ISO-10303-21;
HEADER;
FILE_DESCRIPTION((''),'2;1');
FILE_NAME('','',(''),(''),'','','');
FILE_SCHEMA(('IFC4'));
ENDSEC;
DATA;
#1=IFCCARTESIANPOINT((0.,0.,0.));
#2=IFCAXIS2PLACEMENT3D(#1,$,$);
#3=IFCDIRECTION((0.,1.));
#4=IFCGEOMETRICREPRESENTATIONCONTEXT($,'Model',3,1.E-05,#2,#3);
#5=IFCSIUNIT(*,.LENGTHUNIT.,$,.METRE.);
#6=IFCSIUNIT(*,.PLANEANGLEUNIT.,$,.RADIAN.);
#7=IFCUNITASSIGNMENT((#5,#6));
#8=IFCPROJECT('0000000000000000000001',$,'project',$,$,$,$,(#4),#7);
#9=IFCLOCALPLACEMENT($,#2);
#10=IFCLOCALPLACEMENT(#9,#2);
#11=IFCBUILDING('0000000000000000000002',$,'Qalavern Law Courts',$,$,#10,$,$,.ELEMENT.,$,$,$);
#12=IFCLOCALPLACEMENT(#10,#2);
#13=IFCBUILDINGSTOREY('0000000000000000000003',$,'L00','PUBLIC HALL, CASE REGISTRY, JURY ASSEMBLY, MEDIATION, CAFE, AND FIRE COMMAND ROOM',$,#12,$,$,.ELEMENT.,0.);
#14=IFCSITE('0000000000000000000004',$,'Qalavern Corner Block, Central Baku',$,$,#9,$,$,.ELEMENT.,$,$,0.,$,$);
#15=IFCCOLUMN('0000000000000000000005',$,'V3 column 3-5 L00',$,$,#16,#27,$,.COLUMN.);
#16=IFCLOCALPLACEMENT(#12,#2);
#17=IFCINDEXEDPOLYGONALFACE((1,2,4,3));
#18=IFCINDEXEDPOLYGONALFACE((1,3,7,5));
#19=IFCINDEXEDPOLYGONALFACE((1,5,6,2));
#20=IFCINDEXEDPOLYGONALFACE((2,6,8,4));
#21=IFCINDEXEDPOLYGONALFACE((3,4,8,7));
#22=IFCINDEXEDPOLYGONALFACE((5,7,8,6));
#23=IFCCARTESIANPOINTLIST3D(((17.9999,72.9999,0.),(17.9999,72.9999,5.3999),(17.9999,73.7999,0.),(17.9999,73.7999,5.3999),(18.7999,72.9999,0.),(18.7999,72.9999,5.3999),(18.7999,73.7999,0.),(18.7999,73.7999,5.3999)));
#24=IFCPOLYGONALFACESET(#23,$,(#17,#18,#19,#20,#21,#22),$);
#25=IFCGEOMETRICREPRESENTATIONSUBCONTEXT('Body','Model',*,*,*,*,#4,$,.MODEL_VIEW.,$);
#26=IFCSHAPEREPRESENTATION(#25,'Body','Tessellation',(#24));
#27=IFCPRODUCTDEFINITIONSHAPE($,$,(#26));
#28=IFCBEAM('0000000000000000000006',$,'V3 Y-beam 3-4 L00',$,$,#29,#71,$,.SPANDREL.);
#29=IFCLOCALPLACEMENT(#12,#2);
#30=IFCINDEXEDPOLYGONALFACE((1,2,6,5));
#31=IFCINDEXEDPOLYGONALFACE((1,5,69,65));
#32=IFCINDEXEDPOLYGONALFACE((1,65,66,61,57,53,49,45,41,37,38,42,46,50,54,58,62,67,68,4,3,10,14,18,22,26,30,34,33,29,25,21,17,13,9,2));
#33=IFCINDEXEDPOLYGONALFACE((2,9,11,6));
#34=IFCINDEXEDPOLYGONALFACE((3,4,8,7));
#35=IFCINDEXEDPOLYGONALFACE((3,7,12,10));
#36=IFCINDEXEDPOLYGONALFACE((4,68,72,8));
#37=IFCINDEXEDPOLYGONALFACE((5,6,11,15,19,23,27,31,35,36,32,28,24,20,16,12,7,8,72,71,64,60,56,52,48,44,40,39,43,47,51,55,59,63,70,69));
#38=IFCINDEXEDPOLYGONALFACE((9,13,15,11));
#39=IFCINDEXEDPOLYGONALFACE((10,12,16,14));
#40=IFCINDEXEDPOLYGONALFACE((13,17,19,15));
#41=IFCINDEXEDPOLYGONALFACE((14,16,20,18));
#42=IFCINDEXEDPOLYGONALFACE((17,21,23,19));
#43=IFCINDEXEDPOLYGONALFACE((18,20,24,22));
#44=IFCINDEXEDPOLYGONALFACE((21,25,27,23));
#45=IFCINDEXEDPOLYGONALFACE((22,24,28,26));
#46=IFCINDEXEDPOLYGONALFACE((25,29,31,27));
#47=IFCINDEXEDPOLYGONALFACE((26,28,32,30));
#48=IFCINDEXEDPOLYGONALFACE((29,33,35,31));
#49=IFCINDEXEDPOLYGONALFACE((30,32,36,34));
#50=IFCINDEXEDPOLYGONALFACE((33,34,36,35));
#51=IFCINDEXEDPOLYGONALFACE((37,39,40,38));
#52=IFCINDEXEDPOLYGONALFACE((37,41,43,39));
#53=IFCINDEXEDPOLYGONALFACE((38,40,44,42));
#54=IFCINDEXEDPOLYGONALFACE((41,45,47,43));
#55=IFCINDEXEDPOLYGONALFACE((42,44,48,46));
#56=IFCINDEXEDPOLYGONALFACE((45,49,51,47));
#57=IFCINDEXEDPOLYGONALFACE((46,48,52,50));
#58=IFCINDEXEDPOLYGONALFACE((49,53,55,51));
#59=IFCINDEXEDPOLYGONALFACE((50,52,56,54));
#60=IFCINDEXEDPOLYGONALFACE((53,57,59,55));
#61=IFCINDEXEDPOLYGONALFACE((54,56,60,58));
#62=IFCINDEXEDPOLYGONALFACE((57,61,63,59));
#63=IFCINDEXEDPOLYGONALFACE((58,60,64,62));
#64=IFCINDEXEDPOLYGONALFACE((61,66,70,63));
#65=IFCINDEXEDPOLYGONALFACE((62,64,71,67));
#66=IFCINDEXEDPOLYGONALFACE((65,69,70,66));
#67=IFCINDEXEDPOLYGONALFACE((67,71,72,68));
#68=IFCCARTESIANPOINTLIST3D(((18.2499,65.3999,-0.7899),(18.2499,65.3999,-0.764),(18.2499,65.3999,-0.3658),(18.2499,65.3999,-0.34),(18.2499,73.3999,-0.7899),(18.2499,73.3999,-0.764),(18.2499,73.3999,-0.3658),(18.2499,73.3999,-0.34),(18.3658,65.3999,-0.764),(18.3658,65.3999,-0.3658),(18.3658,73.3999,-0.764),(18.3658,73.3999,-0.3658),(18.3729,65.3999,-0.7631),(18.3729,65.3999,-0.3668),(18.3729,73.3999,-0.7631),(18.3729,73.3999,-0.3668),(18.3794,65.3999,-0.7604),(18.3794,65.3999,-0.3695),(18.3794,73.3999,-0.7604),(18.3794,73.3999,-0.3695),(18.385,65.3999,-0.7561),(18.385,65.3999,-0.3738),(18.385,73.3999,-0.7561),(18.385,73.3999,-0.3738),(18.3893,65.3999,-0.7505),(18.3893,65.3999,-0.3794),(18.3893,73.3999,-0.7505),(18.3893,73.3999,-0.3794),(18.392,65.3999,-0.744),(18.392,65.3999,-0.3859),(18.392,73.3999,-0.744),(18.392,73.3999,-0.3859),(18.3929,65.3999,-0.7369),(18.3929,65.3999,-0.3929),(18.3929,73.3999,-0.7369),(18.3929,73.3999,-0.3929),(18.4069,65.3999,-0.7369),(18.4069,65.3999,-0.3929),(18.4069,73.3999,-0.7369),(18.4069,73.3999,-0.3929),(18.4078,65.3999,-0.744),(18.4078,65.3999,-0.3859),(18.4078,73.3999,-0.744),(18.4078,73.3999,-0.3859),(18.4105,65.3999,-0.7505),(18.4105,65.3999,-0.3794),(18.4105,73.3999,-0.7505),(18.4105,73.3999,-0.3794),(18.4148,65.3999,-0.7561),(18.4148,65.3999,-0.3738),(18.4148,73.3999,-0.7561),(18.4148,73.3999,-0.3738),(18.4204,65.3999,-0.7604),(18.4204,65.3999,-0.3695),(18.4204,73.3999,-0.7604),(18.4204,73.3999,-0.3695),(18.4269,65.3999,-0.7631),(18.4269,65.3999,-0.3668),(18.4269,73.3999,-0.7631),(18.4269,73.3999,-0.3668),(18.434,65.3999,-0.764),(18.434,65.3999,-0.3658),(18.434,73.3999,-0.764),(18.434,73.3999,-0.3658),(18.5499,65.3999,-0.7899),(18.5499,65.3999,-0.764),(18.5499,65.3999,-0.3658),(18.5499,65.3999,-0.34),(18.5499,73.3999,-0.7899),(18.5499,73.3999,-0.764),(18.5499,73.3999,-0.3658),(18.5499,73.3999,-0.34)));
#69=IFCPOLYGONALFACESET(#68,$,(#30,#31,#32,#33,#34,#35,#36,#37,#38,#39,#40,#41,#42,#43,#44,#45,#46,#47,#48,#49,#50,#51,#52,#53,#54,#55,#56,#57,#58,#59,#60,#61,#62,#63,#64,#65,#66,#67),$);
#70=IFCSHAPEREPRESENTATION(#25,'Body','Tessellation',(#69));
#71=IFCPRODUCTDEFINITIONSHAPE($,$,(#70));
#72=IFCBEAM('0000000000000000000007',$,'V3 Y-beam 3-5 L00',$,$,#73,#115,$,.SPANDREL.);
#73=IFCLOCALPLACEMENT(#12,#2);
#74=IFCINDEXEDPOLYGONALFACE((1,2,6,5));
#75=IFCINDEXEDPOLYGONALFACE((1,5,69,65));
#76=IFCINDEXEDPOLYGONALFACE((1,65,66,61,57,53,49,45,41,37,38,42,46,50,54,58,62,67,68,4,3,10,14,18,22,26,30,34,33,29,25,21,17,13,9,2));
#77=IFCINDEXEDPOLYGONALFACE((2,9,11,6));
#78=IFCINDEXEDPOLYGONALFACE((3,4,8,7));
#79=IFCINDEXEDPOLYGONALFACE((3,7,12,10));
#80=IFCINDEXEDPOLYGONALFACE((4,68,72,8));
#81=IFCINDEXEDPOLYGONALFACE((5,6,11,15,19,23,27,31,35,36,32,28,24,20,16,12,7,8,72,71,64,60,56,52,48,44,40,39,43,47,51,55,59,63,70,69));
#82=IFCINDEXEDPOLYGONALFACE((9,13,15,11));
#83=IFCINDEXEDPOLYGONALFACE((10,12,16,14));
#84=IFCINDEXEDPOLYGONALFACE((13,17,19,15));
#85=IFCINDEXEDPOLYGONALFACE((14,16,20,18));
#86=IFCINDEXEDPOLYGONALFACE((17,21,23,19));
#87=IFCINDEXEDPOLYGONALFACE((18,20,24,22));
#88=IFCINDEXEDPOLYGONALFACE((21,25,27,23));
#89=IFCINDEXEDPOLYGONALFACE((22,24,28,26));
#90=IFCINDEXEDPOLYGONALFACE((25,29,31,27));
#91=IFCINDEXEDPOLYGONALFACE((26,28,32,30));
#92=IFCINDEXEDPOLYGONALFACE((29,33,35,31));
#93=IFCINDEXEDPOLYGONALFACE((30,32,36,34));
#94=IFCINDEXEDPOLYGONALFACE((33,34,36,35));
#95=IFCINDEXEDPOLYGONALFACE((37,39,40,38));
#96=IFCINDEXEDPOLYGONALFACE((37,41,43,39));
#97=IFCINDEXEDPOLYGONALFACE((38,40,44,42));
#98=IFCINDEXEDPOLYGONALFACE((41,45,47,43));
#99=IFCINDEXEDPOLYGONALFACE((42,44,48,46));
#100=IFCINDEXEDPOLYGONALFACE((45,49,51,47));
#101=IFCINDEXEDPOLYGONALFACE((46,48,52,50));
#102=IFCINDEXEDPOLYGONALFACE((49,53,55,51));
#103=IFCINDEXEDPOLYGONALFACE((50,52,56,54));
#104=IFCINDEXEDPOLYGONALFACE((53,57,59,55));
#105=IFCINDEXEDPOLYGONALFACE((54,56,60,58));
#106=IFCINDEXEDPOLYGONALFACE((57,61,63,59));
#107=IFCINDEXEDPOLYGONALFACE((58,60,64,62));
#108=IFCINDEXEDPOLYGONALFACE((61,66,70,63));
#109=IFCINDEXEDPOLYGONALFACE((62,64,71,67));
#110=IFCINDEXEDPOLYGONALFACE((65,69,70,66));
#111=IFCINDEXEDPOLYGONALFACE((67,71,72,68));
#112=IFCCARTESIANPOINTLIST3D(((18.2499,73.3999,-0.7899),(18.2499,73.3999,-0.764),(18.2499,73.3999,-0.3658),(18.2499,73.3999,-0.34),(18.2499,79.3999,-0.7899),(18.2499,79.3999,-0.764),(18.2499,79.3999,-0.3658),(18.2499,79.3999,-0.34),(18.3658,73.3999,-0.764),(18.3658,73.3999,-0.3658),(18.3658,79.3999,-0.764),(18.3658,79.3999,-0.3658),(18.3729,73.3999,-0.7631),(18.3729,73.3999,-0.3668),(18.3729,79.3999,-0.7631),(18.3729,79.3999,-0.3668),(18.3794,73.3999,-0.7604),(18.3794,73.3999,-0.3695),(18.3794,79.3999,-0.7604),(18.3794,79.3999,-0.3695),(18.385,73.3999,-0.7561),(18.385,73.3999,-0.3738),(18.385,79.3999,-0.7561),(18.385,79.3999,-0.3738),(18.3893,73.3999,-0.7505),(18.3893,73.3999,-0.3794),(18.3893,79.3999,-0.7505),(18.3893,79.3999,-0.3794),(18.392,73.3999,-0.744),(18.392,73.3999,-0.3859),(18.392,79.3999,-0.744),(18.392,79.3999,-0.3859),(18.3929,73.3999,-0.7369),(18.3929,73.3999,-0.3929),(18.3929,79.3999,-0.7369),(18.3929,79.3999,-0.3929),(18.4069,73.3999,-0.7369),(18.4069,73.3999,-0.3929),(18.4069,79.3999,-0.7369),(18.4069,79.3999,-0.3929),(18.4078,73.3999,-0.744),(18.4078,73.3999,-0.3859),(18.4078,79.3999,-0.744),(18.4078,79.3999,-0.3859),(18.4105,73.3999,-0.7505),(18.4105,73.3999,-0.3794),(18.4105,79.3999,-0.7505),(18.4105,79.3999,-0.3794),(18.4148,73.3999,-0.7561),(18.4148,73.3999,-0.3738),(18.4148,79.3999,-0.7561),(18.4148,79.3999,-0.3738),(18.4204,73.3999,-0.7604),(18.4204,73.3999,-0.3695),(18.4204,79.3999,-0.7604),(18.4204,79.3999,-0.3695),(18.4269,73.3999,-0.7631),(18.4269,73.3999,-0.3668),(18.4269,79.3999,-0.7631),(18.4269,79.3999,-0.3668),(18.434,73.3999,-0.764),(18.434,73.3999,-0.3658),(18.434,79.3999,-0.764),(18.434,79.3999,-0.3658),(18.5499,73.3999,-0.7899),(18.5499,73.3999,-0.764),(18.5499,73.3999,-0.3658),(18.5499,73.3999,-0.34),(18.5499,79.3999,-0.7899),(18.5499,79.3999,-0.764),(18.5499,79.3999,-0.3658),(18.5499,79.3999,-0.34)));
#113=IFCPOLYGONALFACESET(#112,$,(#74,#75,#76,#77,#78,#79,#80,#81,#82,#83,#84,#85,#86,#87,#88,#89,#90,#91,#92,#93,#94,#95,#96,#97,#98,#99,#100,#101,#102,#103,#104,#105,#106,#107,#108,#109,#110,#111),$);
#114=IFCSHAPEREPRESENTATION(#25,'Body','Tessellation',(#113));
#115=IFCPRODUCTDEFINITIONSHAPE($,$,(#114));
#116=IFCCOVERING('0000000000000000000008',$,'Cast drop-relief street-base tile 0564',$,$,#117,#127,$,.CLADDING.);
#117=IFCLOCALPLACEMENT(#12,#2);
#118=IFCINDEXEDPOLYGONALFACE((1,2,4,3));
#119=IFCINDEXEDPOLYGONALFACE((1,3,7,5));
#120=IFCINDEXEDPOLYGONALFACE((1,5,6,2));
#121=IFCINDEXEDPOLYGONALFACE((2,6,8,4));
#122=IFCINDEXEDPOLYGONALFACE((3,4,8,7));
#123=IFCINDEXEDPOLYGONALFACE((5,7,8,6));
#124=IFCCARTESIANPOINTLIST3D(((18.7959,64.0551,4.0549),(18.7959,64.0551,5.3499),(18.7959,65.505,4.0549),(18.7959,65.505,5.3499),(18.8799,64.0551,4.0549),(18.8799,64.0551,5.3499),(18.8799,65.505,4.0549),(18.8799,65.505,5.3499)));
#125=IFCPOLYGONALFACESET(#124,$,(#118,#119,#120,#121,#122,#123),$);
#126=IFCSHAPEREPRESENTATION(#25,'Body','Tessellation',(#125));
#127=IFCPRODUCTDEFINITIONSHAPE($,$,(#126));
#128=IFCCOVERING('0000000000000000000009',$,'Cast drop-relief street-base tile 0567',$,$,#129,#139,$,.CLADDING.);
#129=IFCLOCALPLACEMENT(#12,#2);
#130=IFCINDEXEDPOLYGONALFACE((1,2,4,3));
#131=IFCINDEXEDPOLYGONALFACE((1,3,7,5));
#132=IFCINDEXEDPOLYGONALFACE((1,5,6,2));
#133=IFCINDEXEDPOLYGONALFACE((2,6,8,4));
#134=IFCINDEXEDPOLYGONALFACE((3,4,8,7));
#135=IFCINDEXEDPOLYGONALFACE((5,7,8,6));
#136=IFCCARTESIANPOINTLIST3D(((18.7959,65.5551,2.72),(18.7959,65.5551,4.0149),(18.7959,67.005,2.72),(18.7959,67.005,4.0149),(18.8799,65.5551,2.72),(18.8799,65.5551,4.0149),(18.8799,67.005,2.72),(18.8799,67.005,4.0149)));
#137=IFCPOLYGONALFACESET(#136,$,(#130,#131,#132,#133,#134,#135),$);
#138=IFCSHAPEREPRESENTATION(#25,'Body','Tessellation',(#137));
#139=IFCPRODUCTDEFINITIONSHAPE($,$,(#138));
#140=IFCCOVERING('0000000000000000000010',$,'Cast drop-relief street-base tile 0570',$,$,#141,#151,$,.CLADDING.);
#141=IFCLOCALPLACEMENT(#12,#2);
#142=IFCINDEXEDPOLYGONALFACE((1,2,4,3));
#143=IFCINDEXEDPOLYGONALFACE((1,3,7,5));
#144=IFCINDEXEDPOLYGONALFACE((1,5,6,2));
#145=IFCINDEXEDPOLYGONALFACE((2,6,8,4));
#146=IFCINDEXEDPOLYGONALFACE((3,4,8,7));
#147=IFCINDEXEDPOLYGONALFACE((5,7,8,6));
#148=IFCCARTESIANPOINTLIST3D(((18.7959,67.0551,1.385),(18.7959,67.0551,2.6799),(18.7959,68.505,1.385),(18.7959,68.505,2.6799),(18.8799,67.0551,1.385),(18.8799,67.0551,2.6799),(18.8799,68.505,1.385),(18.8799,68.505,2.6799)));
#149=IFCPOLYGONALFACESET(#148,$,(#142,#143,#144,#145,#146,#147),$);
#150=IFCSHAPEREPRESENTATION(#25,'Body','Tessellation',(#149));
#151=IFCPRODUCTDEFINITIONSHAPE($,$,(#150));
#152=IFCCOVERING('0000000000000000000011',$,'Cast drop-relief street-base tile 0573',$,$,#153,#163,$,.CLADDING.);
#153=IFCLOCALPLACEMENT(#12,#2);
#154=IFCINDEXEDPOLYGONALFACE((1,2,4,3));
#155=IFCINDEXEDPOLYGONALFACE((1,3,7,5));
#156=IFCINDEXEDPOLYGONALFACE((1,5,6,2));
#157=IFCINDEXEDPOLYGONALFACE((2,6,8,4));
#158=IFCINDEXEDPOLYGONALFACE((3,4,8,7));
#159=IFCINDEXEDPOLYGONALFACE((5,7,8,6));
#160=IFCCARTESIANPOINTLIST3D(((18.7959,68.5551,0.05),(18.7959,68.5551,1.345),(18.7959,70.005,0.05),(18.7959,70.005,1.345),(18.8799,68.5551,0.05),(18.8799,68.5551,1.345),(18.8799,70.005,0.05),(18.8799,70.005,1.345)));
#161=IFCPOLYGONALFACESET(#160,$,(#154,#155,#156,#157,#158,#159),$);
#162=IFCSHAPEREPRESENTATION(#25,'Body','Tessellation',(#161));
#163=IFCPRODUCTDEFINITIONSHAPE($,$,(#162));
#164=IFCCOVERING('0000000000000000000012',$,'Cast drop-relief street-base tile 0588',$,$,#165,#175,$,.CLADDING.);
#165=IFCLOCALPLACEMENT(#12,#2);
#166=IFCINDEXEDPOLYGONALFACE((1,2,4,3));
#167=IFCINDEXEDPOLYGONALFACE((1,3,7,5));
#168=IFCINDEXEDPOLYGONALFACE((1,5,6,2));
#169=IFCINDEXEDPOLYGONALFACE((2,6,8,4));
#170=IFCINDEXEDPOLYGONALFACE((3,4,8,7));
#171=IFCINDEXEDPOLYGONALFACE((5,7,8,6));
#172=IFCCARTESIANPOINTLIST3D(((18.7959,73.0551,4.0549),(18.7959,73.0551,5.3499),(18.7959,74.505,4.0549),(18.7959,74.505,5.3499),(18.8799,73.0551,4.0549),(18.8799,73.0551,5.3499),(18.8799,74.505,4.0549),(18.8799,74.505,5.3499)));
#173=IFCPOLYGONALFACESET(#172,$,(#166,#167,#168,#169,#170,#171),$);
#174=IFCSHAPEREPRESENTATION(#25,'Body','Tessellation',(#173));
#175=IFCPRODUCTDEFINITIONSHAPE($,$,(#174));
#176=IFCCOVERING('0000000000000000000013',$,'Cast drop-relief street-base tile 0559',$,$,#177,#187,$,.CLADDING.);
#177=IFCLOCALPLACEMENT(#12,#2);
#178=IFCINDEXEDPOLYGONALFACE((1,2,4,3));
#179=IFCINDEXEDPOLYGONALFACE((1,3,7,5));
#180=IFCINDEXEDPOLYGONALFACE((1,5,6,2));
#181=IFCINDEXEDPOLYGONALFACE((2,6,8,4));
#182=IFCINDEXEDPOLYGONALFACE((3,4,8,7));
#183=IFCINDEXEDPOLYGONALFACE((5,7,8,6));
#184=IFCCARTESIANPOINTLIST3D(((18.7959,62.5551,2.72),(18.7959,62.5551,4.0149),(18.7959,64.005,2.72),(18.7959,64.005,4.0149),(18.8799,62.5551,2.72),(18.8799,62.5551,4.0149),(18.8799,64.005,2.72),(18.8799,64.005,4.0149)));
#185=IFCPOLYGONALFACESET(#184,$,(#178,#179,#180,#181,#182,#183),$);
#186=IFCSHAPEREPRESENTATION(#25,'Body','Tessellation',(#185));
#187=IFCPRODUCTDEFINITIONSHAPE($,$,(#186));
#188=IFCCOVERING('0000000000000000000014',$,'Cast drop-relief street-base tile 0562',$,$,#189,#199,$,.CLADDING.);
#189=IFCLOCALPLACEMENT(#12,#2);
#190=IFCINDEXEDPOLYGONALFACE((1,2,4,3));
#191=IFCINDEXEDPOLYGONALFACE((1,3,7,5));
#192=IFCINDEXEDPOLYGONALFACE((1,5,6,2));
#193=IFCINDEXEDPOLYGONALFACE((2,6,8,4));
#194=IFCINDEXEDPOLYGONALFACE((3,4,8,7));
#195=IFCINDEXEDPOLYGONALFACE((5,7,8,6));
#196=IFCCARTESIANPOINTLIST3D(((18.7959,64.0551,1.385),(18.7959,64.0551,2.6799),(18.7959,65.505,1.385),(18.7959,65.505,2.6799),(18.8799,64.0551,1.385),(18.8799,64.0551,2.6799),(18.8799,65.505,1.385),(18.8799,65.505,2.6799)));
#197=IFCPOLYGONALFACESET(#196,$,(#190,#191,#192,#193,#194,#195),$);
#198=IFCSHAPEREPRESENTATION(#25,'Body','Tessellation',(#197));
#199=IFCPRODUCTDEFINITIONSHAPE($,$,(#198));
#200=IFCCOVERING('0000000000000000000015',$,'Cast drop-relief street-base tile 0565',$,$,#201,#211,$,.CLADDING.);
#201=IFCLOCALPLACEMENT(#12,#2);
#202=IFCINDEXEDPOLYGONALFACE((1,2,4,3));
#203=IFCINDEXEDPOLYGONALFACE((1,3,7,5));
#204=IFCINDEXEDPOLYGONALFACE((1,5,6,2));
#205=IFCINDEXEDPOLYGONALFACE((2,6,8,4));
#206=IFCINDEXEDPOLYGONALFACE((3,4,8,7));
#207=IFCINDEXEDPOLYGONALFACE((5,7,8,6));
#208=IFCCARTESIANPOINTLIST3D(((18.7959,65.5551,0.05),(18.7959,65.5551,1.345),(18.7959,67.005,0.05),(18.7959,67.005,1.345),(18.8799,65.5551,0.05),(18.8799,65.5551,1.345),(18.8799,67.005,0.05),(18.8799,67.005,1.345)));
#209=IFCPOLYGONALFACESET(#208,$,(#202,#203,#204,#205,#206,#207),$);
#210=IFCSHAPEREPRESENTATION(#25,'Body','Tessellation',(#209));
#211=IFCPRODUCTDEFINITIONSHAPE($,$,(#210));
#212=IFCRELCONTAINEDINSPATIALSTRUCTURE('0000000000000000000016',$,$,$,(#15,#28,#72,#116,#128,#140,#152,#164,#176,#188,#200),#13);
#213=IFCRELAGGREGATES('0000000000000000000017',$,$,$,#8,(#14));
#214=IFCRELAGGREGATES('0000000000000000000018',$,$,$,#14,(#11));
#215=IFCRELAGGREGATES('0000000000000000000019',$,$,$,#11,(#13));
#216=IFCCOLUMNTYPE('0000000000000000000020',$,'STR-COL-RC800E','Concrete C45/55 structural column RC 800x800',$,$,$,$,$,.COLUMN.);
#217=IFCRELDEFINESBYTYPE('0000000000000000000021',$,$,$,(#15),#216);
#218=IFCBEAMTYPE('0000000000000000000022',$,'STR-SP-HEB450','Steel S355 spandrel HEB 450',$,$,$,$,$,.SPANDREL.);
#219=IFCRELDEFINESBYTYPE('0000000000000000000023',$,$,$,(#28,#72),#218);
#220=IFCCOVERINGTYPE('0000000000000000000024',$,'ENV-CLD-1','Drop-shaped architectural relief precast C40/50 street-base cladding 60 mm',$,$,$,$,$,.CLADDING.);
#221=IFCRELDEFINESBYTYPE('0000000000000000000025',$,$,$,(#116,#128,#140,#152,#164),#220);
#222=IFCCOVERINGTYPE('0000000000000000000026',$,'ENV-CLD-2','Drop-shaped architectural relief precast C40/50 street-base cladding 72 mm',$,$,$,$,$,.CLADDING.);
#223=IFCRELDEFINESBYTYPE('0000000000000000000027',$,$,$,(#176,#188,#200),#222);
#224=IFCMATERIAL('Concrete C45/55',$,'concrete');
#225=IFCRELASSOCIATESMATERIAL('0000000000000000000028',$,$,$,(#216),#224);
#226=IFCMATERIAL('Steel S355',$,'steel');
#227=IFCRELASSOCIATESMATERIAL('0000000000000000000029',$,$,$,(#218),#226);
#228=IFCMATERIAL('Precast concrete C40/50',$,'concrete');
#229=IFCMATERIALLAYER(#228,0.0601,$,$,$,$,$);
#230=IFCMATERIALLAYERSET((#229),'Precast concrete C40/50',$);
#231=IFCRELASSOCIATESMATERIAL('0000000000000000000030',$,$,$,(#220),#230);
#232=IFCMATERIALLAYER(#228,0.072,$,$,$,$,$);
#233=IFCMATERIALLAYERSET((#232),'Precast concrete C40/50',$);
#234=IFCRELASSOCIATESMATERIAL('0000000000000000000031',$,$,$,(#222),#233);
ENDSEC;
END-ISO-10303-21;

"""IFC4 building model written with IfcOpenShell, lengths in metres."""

from ifc_helpers import new_model, si_unit, direction, frame, origin, origin_2d, place, context, subcontext, project, spatial, rectangle, i_section, extrude, material, layer, layer_set, material_profile, profile_set, type_object, element, save


model = new_model("IFC4")

# Units and contexts
model_context = context("Model", 3, precision=1e-05, world=origin(), true_north=direction((0.0, 1.0)))
body_context = subcontext(model_context, "Body", "Model", "MODEL_VIEW")
ifc_project = project(units=[si_unit("LENGTHUNIT", "METRE"), si_unit("PLANEANGLEUNIT", "RADIAN")], contexts=[model_context])

# Site, building, storey
site_placement = place(None, origin())
site = spatial("IfcSite", under=ifc_project, at=site_placement, Name="Qalavern Corner Block, Central Baku", CompositionType="ELEMENT", RefElevation=0.0)
building_placement = place(site_placement, origin())
building = spatial("IfcBuilding", under=site, at=building_placement, Name="Qalavern Law Courts", CompositionType="ELEMENT")
storey_placement = place(building_placement, origin())
storey = spatial("IfcBuildingStorey", under=building, at=storey_placement, Name="L00", Description="PUBLIC HALL, CASE REGISTRY, JURY ASSEMBLY, MEDIATION, CAFE, AND FIRE COMMAND ROOM", CompositionType="ELEMENT", Elevation=0.0)

# Column
ifc_material_1 = material(Name="Concrete C45/55", Category="concrete")
ifc_material_profile_1 = material_profile(ifc_material_1, rectangle(XDim=0.8, YDim=0.8, at=origin_2d()), Name="RC 800x800")
ifc_profile_set_1 = profile_set([ifc_material_profile_1], Name="Concrete C45/55")
column_type = type_object("IfcColumnType", Name="STR-COL-RC800E", Description="Concrete C45/55 structural column RC 800x800", PredefinedType="COLUMN", material=ifc_profile_set_1)
column_placement = place(storey_placement, frame((18.3999, 73.3999, 0.0), z_axis=(0.0, 0.0, 1.0), x_axis=(1.0, 0.0, 0.0)))
element("IfcColumn", 1, at=column_placement, inside=storey, type_object=column_type, Name="V3 column 3-5 L00", PredefinedType="COLUMN", context=body_context, shape_type="SweptSolid", body=[
    extrude(rectangle(XDim=0.8, YDim=0.8, at=origin_2d()), origin(), (0.0, 0.0, 1.0), 5.3999),
])

# Beams
ifc_material_2 = material(Name="Steel S355", Category="steel")
ifc_material_profile_2 = material_profile(ifc_material_2, i_section(OverallWidth=0.3, OverallDepth=0.45, WebThickness=0.0139, FlangeThickness=0.0259, FilletRadius=0.0271, at=origin_2d()), Name="HEB 450")
ifc_profile_set_2 = profile_set([ifc_material_profile_2], Name="Steel S355")
beam_type = type_object("IfcBeamType", Name="STR-SP-HEB450", Description="Steel S355 spandrel HEB 450", PredefinedType="SPANDREL", material=ifc_profile_set_2)
beam_1_placement = place(storey_placement, frame((18.3999, 65.3999, -0.5649), z_axis=(0.0, 1.0, 0.0), x_axis=(-1.0, 0.0, 0.0)))
element("IfcBeam", 2, at=beam_1_placement, inside=storey, type_object=beam_type, Name="V3 Y-beam 3-4 L00", PredefinedType="SPANDREL", context=body_context, shape_type="SweptSolid", body=[
    extrude(i_section(OverallWidth=0.3, OverallDepth=0.45, WebThickness=0.0139, FlangeThickness=0.0259, FilletRadius=0.0271, at=origin_2d()), origin(), (0.0, 0.0, 1.0), 8.0),
])
beam_2_placement = place(storey_placement, frame((18.3999, 73.3999, -0.5649), z_axis=(0.0, 1.0, 0.0), x_axis=(-1.0, 0.0, 0.0)))
element("IfcBeam", 3, at=beam_2_placement, inside=storey, type_object=beam_type, Name="V3 Y-beam 3-5 L00", PredefinedType="SPANDREL", context=body_context, shape_type="SweptSolid", body=[
    extrude(i_section(OverallWidth=0.3, OverallDepth=0.45, WebThickness=0.0139, FlangeThickness=0.0259, FilletRadius=0.0271, at=origin_2d()), origin(), (0.0, 0.0, 1.0), 6.0),
])

# Coverings
ifc_material_3 = material(Name="Precast concrete C40/50", Category="concrete")
ifc_layer_1 = layer(ifc_material_3, 0.0601)
ifc_layer_set_1 = layer_set([ifc_layer_1], Name="Precast concrete C40/50")
covering_type_1 = type_object("IfcCoveringType", Name="ENV-CLD-1", Description="Drop-shaped architectural relief precast C40/50 street-base cladding 60 mm", PredefinedType="CLADDING", material=ifc_layer_set_1)
for number, where, z_axis, x_axis, name in (
    (4, (18.8379, 64.78, 4.0549), (0.0, 0.0, 1.0), (0.0, 1.0, 0.0), "Cast drop-relief street-base tile 0564"),
    (5, (18.8379, 66.28, 2.72), (0.0, 0.0, 1.0), (0.0, 1.0, 0.0), "Cast drop-relief street-base tile 0567"),
    (6, (18.8379, 67.78, 1.385), (0.0, 0.0, 1.0), (0.0, 1.0, 0.0), "Cast drop-relief street-base tile 0570"),
    (7, (18.8379, 69.28, 0.05), (0.0, 0.0, 1.0), (0.0, 1.0, 0.0), "Cast drop-relief street-base tile 0573"),
    (8, (18.8379, 73.78, 4.0549), (0.0, 0.0, 1.0), (0.0, 1.0, 0.0), "Cast drop-relief street-base tile 0588"),
):
    element("IfcCovering", number, at=place(storey_placement, frame(where, z_axis=z_axis, x_axis=x_axis)), inside=storey, type_object=covering_type_1, Name=name, PredefinedType="CLADDING", context=body_context, shape_type="SweptSolid", body=[
        extrude(rectangle(XDim=1.45, YDim=0.084, at=origin_2d()), origin(), (0.0, 0.0, 1.0), 1.2949),
    ])
ifc_layer_2 = layer(ifc_material_3, 0.072)
ifc_layer_set_2 = layer_set([ifc_layer_2], Name="Precast concrete C40/50")
covering_type_2 = type_object("IfcCoveringType", Name="ENV-CLD-2", Description="Drop-shaped architectural relief precast C40/50 street-base cladding 72 mm", PredefinedType="CLADDING", material=ifc_layer_set_2)
for number, where, z_axis, x_axis, name in (
    (9, (18.8379, 63.28, 2.72), (0.0, 0.0, 1.0), (0.0, 1.0, 0.0), "Cast drop-relief street-base tile 0559"),
    (10, (18.8379, 64.78, 1.385), (0.0, 0.0, 1.0), (0.0, 1.0, 0.0), "Cast drop-relief street-base tile 0562"),
    (11, (18.8379, 66.28, 0.05), (0.0, 0.0, 1.0), (0.0, 1.0, 0.0), "Cast drop-relief street-base tile 0565"),
):
    element("IfcCovering", number, at=place(storey_placement, frame(where, z_axis=z_axis, x_axis=x_axis)), inside=storey, type_object=covering_type_2, Name=name, PredefinedType="CLADDING", context=body_context, shape_type="SweptSolid", body=[
        extrude(rectangle(XDim=1.45, YDim=0.084, at=origin_2d()), origin(), (0.0, 0.0, 1.0), 1.2949),
    ])

save(model, "model.ifc")
